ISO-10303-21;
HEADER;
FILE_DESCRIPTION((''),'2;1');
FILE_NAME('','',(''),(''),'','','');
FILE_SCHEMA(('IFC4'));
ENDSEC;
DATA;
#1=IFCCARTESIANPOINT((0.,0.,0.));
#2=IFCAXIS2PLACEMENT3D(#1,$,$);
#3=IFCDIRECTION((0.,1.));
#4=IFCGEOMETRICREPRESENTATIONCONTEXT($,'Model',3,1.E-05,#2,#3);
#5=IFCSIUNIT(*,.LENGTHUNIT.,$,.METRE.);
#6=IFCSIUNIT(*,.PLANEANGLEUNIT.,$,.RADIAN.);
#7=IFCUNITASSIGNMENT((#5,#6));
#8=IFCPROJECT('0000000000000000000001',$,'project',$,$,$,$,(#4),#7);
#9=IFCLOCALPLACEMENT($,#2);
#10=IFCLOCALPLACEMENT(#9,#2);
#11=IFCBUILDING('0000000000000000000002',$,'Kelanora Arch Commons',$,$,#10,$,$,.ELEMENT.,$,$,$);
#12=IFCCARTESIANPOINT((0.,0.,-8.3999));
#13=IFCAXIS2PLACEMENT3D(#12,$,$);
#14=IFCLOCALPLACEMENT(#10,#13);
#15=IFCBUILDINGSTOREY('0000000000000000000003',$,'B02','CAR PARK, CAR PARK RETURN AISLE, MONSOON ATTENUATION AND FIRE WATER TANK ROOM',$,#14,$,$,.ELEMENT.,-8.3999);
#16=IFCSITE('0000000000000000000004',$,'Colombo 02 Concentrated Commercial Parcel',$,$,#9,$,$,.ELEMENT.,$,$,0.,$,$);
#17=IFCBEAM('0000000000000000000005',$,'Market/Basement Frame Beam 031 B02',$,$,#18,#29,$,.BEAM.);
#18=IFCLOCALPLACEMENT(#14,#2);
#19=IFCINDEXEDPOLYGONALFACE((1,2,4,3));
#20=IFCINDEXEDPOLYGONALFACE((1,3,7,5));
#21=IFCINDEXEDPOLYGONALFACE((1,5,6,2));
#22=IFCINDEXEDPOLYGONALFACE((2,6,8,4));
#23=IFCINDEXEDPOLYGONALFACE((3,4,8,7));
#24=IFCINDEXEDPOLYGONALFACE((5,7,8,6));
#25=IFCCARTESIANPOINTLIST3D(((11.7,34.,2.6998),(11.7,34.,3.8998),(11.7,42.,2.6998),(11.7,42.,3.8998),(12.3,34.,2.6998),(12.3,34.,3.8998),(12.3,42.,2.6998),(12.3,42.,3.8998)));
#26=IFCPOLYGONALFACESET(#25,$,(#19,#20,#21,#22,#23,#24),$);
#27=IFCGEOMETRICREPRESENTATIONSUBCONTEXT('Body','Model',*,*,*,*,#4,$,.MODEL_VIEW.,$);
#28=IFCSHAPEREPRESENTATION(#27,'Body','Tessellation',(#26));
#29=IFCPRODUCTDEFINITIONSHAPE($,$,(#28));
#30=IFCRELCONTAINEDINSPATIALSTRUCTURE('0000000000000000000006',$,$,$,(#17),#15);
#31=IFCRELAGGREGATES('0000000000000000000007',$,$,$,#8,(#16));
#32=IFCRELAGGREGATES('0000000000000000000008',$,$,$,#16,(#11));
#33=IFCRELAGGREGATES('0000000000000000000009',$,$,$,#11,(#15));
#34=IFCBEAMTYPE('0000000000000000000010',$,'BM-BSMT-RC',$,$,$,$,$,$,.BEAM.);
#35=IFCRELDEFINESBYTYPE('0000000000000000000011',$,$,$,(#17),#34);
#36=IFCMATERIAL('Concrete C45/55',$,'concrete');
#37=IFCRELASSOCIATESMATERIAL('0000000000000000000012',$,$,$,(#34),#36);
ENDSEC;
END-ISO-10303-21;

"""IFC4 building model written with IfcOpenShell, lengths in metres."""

from ifc_helpers import new_model, si_unit, direction, frame, origin, origin_2d, place, context, subcontext, project, spatial, rectangle, extrude, material, material_profile, profile_set, type_object, element, save


model = new_model("IFC4")

# Units and contexts
model_context = context("Model", 3, precision=1e-05, world=origin(), true_north=direction((0.0, 1.0)))
body_context = subcontext(model_context, "Body", "Model", "MODEL_VIEW")
ifc_project = project(units=[si_unit("LENGTHUNIT", "METRE"), si_unit("PLANEANGLEUNIT", "RADIAN")], contexts=[model_context])

# Site, building, storey
site_placement = place(None, origin())
site = spatial("IfcSite", under=ifc_project, at=site_placement, Name="Colombo 02 Concentrated Commercial Parcel", CompositionType="ELEMENT", RefElevation=0.0)
building_placement = place(site_placement, origin())
building = spatial("IfcBuilding", under=site, at=building_placement, Name="Kelanora Arch Commons", CompositionType="ELEMENT")
storey_placement = place(building_placement, frame((0.0, 0.0, -8.3999)))
storey = spatial("IfcBuildingStorey", under=building, at=storey_placement, Name="B02", Description="CAR PARK, CAR PARK RETURN AISLE, MONSOON ATTENUATION AND FIRE WATER TANK ROOM", CompositionType="ELEMENT", Elevation=-8.3999)

# Shared definitions
ifc_material_1 = material(Name="Concrete C45/55", Category="concrete")

# Beam
ifc_material_profile_1 = material_profile(ifc_material_1, rectangle(XDim=0.6001, YDim=1.2, at=origin_2d()), Name="RCB600x1200")
ifc_profile_set_1 = profile_set([ifc_material_profile_1], Name="Concrete C45/55")
beam_type = type_object("IfcBeamType", Name="BM-BSMT-RC", PredefinedType="BEAM", material=ifc_profile_set_1)
for number, where, z_axis, x_axis, name in (
    (1, (12.0, 34.0, 3.2998), (0.0, 1.0, 0.0), (-1.0, 0.0, 0.0), "Market/Basement Frame Beam 031 B02"),
):
    element("IfcBeam", number, at=place(storey_placement, frame(where, z_axis=z_axis, x_axis=x_axis)), inside=storey, type_object=beam_type, Name=name, PredefinedType="BEAM", context=body_context, shape_type="SweptSolid", body=[
        extrude(rectangle(XDim=0.6001, YDim=1.2, at=origin_2d()), origin(), (0.0, 0.0, 1.0), 8.0),
    ])

save(model, "model.ifc")
